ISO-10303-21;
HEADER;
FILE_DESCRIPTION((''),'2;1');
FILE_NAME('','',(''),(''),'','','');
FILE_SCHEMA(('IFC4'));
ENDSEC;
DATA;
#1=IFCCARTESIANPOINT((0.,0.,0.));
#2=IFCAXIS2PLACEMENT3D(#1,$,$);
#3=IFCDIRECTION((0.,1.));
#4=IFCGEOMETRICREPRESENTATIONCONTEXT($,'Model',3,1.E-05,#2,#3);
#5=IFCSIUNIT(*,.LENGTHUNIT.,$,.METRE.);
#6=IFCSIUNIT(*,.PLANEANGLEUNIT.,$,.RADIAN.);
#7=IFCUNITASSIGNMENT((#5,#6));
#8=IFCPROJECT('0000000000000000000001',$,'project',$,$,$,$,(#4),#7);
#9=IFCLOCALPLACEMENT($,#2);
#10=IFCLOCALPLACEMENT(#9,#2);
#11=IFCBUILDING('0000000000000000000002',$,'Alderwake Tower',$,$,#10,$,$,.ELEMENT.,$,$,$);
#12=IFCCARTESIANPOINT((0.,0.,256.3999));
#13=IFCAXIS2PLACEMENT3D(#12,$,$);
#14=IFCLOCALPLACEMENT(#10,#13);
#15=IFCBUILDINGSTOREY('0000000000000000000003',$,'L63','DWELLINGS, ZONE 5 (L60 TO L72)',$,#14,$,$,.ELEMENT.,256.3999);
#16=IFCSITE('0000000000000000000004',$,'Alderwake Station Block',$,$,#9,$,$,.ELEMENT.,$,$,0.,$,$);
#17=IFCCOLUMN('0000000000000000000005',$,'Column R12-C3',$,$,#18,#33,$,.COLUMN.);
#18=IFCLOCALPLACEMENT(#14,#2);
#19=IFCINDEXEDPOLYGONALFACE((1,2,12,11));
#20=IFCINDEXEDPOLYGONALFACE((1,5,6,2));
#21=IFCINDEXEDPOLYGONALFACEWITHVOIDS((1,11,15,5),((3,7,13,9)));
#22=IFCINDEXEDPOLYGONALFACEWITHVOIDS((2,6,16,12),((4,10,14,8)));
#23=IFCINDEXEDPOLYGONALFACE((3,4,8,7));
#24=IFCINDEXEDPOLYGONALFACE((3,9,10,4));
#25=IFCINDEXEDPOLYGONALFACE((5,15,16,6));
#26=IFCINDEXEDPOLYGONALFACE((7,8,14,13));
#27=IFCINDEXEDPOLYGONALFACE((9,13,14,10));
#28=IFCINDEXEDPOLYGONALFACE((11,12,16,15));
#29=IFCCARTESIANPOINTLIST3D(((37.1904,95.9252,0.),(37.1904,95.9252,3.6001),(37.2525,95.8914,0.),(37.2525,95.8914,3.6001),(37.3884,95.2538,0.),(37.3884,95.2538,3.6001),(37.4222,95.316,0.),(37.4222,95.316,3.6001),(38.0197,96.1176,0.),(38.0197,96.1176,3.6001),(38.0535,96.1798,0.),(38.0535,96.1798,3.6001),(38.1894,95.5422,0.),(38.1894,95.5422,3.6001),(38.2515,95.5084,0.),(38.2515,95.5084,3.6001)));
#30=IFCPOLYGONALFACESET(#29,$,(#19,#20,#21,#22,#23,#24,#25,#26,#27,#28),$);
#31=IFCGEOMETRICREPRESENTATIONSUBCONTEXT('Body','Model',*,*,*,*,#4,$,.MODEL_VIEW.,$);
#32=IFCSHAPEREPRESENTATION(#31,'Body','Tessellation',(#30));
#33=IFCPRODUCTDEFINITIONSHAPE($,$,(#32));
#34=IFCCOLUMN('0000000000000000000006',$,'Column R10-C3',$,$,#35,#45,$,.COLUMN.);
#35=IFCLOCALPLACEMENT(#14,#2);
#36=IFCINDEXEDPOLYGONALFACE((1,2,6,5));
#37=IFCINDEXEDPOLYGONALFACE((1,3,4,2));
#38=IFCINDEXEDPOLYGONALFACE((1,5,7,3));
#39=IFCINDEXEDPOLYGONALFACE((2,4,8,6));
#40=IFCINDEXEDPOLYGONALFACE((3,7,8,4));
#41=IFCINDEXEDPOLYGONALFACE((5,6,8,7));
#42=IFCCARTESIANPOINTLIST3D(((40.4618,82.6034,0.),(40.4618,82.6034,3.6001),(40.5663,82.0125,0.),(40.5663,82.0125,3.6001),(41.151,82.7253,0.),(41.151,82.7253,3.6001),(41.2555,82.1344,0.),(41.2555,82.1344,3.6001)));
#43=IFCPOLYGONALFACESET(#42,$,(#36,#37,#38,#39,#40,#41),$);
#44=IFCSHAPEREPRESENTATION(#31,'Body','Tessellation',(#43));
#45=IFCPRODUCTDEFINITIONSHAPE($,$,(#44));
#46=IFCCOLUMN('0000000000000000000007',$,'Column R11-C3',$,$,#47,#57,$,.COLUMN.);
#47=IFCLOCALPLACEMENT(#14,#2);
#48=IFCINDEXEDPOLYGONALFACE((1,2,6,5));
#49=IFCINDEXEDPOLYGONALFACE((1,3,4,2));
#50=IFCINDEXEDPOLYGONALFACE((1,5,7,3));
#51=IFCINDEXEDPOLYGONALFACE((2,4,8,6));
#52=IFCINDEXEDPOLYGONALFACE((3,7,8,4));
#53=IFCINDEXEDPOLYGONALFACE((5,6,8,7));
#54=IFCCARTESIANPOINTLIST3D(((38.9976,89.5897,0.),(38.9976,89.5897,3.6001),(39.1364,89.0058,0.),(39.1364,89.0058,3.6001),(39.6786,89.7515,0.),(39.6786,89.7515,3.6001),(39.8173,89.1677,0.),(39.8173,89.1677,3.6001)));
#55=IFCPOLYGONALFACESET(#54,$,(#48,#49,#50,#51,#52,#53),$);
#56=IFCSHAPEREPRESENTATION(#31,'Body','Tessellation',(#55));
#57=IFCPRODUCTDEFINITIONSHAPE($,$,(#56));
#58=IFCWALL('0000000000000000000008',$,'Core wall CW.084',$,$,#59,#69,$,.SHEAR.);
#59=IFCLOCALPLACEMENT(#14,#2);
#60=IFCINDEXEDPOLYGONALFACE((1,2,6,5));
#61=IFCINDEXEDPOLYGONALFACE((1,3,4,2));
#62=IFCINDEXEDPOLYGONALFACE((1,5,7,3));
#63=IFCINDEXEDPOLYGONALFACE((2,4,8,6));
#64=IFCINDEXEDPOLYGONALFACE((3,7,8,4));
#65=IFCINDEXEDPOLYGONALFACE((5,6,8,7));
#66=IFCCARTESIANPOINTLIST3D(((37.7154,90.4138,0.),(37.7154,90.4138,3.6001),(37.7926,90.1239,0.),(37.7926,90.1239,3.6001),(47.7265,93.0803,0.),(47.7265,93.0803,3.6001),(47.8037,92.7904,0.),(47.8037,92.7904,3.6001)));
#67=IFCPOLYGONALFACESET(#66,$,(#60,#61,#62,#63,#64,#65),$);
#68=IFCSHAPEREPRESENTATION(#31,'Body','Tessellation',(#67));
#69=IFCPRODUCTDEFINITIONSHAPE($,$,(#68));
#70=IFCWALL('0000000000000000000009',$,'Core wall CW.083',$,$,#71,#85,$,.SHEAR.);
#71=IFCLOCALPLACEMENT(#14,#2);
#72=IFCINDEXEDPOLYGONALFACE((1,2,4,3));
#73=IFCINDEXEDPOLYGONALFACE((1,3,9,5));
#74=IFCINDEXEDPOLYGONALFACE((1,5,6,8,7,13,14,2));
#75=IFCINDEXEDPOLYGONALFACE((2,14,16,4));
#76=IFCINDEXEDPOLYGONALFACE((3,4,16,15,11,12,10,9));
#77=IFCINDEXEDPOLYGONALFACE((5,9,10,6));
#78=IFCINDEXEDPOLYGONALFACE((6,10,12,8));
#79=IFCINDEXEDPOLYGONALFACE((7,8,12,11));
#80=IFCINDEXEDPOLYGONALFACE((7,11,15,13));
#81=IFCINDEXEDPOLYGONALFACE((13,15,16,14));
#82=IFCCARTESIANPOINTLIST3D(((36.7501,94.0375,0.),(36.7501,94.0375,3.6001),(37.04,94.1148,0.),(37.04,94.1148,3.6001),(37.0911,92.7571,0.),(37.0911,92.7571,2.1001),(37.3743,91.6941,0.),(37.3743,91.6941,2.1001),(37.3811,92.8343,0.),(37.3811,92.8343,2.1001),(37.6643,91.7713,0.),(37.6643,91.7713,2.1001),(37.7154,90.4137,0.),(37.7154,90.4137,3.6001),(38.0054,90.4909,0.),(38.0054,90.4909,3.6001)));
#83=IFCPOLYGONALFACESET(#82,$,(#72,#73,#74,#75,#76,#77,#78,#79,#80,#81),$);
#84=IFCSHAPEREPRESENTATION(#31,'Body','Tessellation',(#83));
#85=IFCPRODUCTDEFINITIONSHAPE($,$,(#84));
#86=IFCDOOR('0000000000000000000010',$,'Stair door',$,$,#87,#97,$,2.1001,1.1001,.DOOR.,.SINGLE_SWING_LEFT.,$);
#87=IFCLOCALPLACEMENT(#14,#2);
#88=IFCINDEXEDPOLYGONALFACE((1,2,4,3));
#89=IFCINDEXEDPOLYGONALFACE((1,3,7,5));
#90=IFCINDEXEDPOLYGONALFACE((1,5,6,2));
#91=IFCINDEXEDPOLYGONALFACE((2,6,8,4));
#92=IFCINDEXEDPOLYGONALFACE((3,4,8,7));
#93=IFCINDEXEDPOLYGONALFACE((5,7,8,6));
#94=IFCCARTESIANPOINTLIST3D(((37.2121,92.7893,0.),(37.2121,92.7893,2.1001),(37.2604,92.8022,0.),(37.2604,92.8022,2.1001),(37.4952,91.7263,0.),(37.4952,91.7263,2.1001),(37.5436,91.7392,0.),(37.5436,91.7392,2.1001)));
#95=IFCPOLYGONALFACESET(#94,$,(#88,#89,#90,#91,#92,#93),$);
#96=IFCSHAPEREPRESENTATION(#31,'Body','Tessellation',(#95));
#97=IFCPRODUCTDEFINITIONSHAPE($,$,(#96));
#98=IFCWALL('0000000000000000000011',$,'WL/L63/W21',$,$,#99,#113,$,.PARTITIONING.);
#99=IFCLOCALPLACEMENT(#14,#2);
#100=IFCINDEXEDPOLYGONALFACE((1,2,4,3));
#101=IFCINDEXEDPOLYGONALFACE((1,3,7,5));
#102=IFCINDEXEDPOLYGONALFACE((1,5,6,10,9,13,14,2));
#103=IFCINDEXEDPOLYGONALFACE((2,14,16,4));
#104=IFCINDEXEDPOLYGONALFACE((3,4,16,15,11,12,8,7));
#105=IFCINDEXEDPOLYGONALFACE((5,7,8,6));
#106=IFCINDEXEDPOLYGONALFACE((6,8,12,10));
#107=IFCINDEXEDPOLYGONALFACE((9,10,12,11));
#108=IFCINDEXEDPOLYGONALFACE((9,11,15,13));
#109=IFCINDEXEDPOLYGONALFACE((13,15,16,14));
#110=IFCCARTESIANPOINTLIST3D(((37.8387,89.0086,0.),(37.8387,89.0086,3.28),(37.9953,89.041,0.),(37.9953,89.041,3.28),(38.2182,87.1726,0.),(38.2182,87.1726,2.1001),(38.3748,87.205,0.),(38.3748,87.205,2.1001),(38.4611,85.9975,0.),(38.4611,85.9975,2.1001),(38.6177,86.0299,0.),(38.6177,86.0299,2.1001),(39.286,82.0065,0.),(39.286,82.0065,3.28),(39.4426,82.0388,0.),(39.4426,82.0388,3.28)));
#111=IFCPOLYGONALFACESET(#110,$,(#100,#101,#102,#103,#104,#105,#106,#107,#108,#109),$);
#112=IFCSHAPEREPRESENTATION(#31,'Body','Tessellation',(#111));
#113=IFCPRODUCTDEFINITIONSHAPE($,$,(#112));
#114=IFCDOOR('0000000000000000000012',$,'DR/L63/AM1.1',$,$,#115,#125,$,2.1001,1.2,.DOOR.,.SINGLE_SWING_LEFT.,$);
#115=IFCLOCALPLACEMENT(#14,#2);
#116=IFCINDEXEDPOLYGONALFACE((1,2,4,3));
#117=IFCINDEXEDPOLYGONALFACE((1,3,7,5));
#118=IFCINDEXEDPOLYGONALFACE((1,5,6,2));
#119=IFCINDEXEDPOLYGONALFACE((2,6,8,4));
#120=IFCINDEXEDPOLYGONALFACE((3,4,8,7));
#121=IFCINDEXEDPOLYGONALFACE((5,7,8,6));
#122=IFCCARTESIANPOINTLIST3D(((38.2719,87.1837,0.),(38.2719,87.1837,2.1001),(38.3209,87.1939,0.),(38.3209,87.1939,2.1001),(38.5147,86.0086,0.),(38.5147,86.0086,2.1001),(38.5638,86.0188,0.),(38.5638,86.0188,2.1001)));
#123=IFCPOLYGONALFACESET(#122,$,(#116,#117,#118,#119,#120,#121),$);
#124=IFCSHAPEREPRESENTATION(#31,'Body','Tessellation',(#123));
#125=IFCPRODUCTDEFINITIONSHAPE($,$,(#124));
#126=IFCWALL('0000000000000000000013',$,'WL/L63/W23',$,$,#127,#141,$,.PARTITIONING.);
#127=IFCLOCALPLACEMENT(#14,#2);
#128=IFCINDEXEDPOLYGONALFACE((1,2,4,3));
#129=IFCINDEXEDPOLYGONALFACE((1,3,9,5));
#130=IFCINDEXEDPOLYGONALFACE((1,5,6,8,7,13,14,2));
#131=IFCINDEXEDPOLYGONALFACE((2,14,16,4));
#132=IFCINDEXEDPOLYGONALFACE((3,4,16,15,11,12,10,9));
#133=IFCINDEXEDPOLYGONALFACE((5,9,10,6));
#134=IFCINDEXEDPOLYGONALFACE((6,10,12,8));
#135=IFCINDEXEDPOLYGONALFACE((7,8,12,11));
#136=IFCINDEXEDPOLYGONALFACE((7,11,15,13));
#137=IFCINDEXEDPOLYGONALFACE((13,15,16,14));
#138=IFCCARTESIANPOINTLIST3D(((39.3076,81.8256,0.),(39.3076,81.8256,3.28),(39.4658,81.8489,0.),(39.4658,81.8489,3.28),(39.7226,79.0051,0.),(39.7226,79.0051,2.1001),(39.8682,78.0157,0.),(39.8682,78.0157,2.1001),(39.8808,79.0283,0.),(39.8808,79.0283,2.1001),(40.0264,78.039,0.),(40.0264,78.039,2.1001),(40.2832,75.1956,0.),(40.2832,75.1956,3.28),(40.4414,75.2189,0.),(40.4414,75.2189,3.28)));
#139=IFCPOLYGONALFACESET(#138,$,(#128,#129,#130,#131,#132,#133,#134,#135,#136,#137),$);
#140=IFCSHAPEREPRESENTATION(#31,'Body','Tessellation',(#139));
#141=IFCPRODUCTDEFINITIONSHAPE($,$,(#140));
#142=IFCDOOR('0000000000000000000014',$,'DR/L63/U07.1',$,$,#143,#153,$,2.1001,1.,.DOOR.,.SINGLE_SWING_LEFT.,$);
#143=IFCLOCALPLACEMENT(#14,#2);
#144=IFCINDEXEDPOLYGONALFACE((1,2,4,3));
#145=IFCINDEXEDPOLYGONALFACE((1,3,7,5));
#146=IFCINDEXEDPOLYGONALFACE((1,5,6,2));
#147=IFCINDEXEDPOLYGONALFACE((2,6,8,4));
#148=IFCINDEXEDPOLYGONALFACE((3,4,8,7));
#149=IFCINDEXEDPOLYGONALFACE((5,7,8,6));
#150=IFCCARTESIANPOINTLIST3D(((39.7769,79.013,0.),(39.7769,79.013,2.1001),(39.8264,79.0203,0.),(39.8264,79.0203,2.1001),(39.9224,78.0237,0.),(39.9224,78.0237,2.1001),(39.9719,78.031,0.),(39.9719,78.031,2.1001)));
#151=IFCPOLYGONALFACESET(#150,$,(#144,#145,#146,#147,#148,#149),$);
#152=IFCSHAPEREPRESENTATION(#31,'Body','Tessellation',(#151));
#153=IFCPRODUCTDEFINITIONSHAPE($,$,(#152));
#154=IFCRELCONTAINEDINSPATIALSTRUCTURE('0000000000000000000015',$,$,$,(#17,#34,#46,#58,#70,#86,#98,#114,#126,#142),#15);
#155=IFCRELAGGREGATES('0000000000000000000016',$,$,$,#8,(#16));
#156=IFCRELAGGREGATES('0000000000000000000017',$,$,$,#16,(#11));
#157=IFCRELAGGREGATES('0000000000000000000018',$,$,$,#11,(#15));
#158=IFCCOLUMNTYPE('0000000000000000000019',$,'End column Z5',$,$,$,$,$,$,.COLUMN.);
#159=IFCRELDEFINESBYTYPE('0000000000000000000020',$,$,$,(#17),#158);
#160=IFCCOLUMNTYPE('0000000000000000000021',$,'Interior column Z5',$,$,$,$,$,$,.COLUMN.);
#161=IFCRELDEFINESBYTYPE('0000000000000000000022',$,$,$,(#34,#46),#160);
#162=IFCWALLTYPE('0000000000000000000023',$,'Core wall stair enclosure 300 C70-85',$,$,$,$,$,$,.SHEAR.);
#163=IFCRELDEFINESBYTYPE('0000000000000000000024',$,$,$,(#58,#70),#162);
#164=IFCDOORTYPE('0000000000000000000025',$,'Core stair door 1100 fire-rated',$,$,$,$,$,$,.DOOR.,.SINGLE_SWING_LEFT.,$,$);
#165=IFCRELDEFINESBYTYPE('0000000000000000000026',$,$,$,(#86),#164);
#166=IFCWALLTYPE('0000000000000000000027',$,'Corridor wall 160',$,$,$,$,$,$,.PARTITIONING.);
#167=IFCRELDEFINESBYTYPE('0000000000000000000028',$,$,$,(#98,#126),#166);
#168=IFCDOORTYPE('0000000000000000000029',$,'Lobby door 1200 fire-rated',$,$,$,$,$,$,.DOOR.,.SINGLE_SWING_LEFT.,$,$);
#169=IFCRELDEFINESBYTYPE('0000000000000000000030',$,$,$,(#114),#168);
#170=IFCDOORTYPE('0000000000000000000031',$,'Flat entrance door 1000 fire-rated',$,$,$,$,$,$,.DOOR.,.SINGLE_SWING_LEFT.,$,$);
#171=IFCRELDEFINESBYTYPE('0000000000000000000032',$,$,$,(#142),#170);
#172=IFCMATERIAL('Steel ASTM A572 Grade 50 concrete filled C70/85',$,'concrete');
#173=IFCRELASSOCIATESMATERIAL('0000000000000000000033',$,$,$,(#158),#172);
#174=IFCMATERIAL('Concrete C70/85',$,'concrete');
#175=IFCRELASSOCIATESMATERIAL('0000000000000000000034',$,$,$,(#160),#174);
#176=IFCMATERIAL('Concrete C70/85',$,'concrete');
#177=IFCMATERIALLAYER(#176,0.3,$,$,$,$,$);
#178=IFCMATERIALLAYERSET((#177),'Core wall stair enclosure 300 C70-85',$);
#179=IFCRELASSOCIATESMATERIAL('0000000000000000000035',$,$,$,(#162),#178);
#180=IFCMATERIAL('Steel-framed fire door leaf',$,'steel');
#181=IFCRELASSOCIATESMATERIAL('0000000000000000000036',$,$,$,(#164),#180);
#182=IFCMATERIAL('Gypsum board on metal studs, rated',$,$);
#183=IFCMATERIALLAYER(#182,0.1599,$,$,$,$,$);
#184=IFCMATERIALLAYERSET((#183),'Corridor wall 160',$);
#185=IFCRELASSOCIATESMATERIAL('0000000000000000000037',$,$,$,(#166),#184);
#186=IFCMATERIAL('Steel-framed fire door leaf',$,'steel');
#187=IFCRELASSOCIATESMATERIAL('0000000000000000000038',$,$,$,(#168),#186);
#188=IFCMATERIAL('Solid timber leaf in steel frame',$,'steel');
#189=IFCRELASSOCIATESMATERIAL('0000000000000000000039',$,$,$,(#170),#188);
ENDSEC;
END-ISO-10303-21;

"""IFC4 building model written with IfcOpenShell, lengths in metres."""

from ifc_helpers import new_model, si_unit, direction, frame, frame_2d, origin, origin_2d, place, context, subcontext, project, spatial, rectangle, hollow_rectangle, extrude, material, layer, layer_set, material_profile, profile_set, type_object, element, fill, save


model = new_model("IFC4")

# Units and contexts
model_context = context("Model", 3, precision=1e-05, world=origin(), true_north=direction((0.0, 1.0)))
body_context = subcontext(model_context, "Body", "Model", "MODEL_VIEW")
ifc_project = project(units=[si_unit("LENGTHUNIT", "METRE"), si_unit("PLANEANGLEUNIT", "RADIAN")], contexts=[model_context])

# Site, building, storey
site_placement = place(None, origin())
site = spatial("IfcSite", under=ifc_project, at=site_placement, Name="Alderwake Station Block", CompositionType="ELEMENT", RefElevation=0.0)
building_placement = place(site_placement, origin())
building = spatial("IfcBuilding", under=site, at=building_placement, Name="Alderwake Tower", CompositionType="ELEMENT")
storey_placement = place(building_placement, frame((0.0, 0.0, 256.3999)))
storey = spatial("IfcBuildingStorey", under=building, at=storey_placement, Name="L63", Description="DWELLINGS, ZONE 5 (L60 TO L72)", CompositionType="ELEMENT", Elevation=256.3999)

# Columns
ifc_material_1 = material(Name="Steel ASTM A572 Grade 50 concrete filled C70/85", Category="concrete")
ifc_material_profile_1 = material_profile(ifc_material_1, hollow_rectangle(XDim=0.7, YDim=0.8999, WallThickness=0.05, at=origin_2d()), Name="BOX 900X700X50")
ifc_profile_set_1 = profile_set([ifc_material_profile_1], Name="Steel ASTM A572 Grade 50 concrete filled C70/85")
column_type_1 = type_object("IfcColumnType", Name="End column Z5", PredefinedType="COLUMN", material=ifc_profile_set_1)
column_placement = place(storey_placement, frame((37.7209, 95.7168, 0.0), z_axis=(0.0, 0.0, 1.0), x_axis=(-0.282862, 0.959161, 0.0)))
element("IfcColumn", 1, at=column_placement, inside=storey, type_object=column_type_1, Name="Column R12-C3", PredefinedType="COLUMN", context=body_context, shape_type="SweptSolid", body=[
    extrude(hollow_rectangle(XDim=0.7, YDim=0.8999, WallThickness=0.05, at=origin_2d()), origin(), (0.0, 0.0, 1.0), 3.6001),
])
ifc_material_2 = material(Name="Concrete C70/85", Category="concrete")
ifc_material_profile_2 = material_profile(ifc_material_2, rectangle(XDim=0.6001, YDim=0.7, at=origin_2d()), Name="RC 700X600")
ifc_profile_set_2 = profile_set([ifc_material_profile_2], Name="Concrete C70/85")
column_type_2 = type_object("IfcColumnType", Name="Interior column Z5", PredefinedType="COLUMN", material=ifc_profile_set_2)
for number, where, z_axis, x_axis, name in (
    (2, (40.8586, 82.3689, 0.0), (0.0, 0.0, 1.0), (-0.174109, 0.984726, 0.0), "Column R10-C3"),
    (3, (39.4075, 89.3787, 0.0), (0.0, 0.0, 1.0), (-0.231222, 0.972901, 0.0), "Column R11-C3"),
):
    element("IfcColumn", number, at=place(storey_placement, frame(where, z_axis=z_axis, x_axis=x_axis)), inside=storey, type_object=column_type_2, Name=name, PredefinedType="COLUMN", context=body_context, shape_type="SweptSolid", body=[
        extrude(rectangle(XDim=0.6001, YDim=0.7, at=origin_2d()), origin(), (0.0, 0.0, 1.0), 3.6001),
    ])

# Wall
ifc_material_3 = material(Name="Concrete C70/85", Category="concrete")
ifc_layer_1 = layer(ifc_material_3, 0.3)
ifc_layer_set_1 = layer_set([ifc_layer_1], Name="Core wall stair enclosure 300 C70-85")
wall_type_1 = type_object("IfcWallType", Name="Core wall stair enclosure 300 C70-85", PredefinedType="SHEAR", material=ifc_layer_set_1)
wall_1_placement = place(storey_placement, frame((37.7539, 90.2688, 0.0), z_axis=(0.0, 0.0, 1.0), x_axis=(0.966309, 0.257384, 0.0)))
element("IfcWall", 4, at=wall_1_placement, inside=storey, type_object=wall_type_1, Name="Core wall CW.084", PredefinedType="SHEAR", context=body_context, shape_type="SweptSolid", body=[
    extrude(rectangle(XDim=10.3601, YDim=0.3, at=frame_2d((5.1802, 0.0))), origin(), (0.0, 0.0, 1.0), 3.6001),
])

# Walls, openings, doors
wall_2_placement = place(storey_placement, frame((37.8604, 90.4524, 0.0), z_axis=(0.0, 0.0, 1.0), x_axis=(-0.257411, 0.966302, 0.0)))
wall_2 = element("IfcWall", 5, at=wall_2_placement, inside=storey, type_object=wall_type_1, Name="Core wall CW.083", PredefinedType="SHEAR", context=body_context, shape_type="SweptSolid", body=[
    extrude(rectangle(XDim=3.7502, YDim=0.3, at=frame_2d((1.875, 0.0))), origin(), (0.0, 0.0, 1.0), 3.6001),
])
opening_1_placement = place(wall_2_placement, frame((1.325, 0.0, 0.0)))
opening_1 = element("IfcOpeningElement", 6, at=opening_1_placement, cuts=wall_2, PredefinedType="OPENING", context=body_context, shape_type="SweptSolid", body=[
    extrude(rectangle(XDim=1.1001, YDim=2.1001, at=frame_2d((0.55, 1.05))), frame((0.0, 0.1599, 0.0), z_axis=(0.0, -1.0, 0.0), x_axis=(1.0, 0.0, 0.0)), (0.0, 0.0, 1.0), 0.3201),
])
ifc_material_4 = material(Name="Steel-framed fire door leaf", Category="steel")
door_type_1 = type_object("IfcDoorType", Name="Core stair door 1100 fire-rated", OperationType="SINGLE_SWING_LEFT", PredefinedType="DOOR", material=ifc_material_4)
door_1_placement = place(opening_1_placement, origin())
door_1 = element("IfcDoor", 7, at=door_1_placement, inside=storey, type_object=door_type_1, Name="Stair door", OperationType="SINGLE_SWING_LEFT", OverallHeight=2.1001, OverallWidth=1.1001, PredefinedType="DOOR", context=body_context, shape_type="SweptSolid", body=[
    extrude(rectangle(XDim=1.1001, YDim=2.1001, at=frame_2d((0.55, 1.05))), frame((0.0, 0.0249, 0.0), z_axis=(0.0, -1.0, 0.0), x_axis=(1.0, 0.0, 0.0)), (0.0, 0.0, 1.0), 0.05),
])
fill(opening_1, door_1)
ifc_material_5 = material(Name="Gypsum board on metal studs, rated")
ifc_layer_2 = layer(ifc_material_5, 0.1599)
ifc_layer_set_2 = layer_set([ifc_layer_2], Name="Corridor wall 160")
wall_type_2 = type_object("IfcWallType", Name="Corridor wall 160", PredefinedType="PARTITIONING", material=ifc_layer_set_2)
wall_3_placement = place(storey_placement, frame((37.917, 89.0249, 0.0), z_axis=(0.0, 0.0, 1.0), x_axis=(0.202409, -0.979301, 0.0)))
wall_3 = element("IfcWall", 8, at=wall_3_placement, inside=storey, type_object=wall_type_2, Name="WL/L63/W21", PredefinedType="PARTITIONING", context=body_context, shape_type="SweptSolid", body=[
    extrude(rectangle(XDim=7.1501, YDim=0.1599, at=frame_2d((3.5752, 0.0))), origin(), (0.0, 0.0, 1.0), 3.28),
])
opening_2_placement = place(wall_3_placement, frame((1.8748, 0.0, 0.0)))
opening_2 = element("IfcOpeningElement", 9, at=opening_2_placement, cuts=wall_3, PredefinedType="OPENING", context=body_context, shape_type="SweptSolid", body=[
    extrude(rectangle(XDim=1.2, YDim=2.1001, at=frame_2d((0.6001, 1.05))), frame((0.0, 0.0898, 0.0), z_axis=(0.0, -1.0, 0.0), x_axis=(1.0, 0.0, 0.0)), (0.0, 0.0, 1.0), 0.1799),
])
ifc_material_6 = material(Name="Steel-framed fire door leaf", Category="steel")
door_type_2 = type_object("IfcDoorType", Name="Lobby door 1200 fire-rated", OperationType="SINGLE_SWING_LEFT", PredefinedType="DOOR", material=ifc_material_6)
door_2_placement = place(opening_2_placement, origin())
door_2 = element("IfcDoor", 10, at=door_2_placement, inside=storey, type_object=door_type_2, Name="DR/L63/AM1.1", OperationType="SINGLE_SWING_LEFT", OverallHeight=2.1001, OverallWidth=1.2, PredefinedType="DOOR", context=body_context, shape_type="SweptSolid", body=[
    extrude(rectangle(XDim=1.2, YDim=2.1001, at=frame_2d((0.6001, 1.05))), frame((0.0, 0.0249, 0.0), z_axis=(0.0, -1.0, 0.0), x_axis=(1.0, 0.0, 0.0)), (0.0, 0.0, 1.0), 0.05),
])
fill(opening_2, door_2)
wall_4_placement = place(storey_placement, frame((39.3867, 81.8372, 0.0), z_axis=(0.0, 0.0, 1.0), x_axis=(0.145577, -0.989347, 0.0)))
wall_4 = element("IfcWall", 11, at=wall_4_placement, inside=storey, type_object=wall_type_2, Name="WL/L63/W23", PredefinedType="PARTITIONING", context=body_context, shape_type="SweptSolid", body=[
    extrude(rectangle(XDim=6.7014, YDim=0.1599, at=frame_2d((3.3506, 0.0))), origin(), (0.0, 0.0, 1.0), 3.28),
])
opening_3_placement = place(wall_4_placement, frame((2.8508, 0.0, 0.0)))
opening_3 = element("IfcOpeningElement", 12, at=opening_3_placement, cuts=wall_4, PredefinedType="OPENING", context=body_context, shape_type="SweptSolid", body=[
    extrude(rectangle(XDim=1.0, YDim=2.1001, at=frame_2d((0.5, 1.05))), frame((0.0, 0.0898, 0.0), z_axis=(0.0, -1.0, 0.0), x_axis=(1.0, 0.0, 0.0)), (0.0, 0.0, 1.0), 0.1799),
])
ifc_material_7 = material(Name="Solid timber leaf in steel frame", Category="steel")
door_type_3 = type_object("IfcDoorType", Name="Flat entrance door 1000 fire-rated", OperationType="SINGLE_SWING_LEFT", PredefinedType="DOOR", material=ifc_material_7)
door_3_placement = place(opening_3_placement, origin())
door_3 = element("IfcDoor", 13, at=door_3_placement, inside=storey, type_object=door_type_3, Name="DR/L63/U07.1", OperationType="SINGLE_SWING_LEFT", OverallHeight=2.1001, OverallWidth=1.0, PredefinedType="DOOR", context=body_context, shape_type="SweptSolid", body=[
    extrude(rectangle(XDim=1.0, YDim=2.1001, at=frame_2d((0.5, 1.05))), frame((0.0, 0.0249, 0.0), z_axis=(0.0, -1.0, 0.0), x_axis=(1.0, 0.0, 0.0)), (0.0, 0.0, 1.0), 0.05),
])
fill(opening_3, door_3)

save(model, "model.ifc")
